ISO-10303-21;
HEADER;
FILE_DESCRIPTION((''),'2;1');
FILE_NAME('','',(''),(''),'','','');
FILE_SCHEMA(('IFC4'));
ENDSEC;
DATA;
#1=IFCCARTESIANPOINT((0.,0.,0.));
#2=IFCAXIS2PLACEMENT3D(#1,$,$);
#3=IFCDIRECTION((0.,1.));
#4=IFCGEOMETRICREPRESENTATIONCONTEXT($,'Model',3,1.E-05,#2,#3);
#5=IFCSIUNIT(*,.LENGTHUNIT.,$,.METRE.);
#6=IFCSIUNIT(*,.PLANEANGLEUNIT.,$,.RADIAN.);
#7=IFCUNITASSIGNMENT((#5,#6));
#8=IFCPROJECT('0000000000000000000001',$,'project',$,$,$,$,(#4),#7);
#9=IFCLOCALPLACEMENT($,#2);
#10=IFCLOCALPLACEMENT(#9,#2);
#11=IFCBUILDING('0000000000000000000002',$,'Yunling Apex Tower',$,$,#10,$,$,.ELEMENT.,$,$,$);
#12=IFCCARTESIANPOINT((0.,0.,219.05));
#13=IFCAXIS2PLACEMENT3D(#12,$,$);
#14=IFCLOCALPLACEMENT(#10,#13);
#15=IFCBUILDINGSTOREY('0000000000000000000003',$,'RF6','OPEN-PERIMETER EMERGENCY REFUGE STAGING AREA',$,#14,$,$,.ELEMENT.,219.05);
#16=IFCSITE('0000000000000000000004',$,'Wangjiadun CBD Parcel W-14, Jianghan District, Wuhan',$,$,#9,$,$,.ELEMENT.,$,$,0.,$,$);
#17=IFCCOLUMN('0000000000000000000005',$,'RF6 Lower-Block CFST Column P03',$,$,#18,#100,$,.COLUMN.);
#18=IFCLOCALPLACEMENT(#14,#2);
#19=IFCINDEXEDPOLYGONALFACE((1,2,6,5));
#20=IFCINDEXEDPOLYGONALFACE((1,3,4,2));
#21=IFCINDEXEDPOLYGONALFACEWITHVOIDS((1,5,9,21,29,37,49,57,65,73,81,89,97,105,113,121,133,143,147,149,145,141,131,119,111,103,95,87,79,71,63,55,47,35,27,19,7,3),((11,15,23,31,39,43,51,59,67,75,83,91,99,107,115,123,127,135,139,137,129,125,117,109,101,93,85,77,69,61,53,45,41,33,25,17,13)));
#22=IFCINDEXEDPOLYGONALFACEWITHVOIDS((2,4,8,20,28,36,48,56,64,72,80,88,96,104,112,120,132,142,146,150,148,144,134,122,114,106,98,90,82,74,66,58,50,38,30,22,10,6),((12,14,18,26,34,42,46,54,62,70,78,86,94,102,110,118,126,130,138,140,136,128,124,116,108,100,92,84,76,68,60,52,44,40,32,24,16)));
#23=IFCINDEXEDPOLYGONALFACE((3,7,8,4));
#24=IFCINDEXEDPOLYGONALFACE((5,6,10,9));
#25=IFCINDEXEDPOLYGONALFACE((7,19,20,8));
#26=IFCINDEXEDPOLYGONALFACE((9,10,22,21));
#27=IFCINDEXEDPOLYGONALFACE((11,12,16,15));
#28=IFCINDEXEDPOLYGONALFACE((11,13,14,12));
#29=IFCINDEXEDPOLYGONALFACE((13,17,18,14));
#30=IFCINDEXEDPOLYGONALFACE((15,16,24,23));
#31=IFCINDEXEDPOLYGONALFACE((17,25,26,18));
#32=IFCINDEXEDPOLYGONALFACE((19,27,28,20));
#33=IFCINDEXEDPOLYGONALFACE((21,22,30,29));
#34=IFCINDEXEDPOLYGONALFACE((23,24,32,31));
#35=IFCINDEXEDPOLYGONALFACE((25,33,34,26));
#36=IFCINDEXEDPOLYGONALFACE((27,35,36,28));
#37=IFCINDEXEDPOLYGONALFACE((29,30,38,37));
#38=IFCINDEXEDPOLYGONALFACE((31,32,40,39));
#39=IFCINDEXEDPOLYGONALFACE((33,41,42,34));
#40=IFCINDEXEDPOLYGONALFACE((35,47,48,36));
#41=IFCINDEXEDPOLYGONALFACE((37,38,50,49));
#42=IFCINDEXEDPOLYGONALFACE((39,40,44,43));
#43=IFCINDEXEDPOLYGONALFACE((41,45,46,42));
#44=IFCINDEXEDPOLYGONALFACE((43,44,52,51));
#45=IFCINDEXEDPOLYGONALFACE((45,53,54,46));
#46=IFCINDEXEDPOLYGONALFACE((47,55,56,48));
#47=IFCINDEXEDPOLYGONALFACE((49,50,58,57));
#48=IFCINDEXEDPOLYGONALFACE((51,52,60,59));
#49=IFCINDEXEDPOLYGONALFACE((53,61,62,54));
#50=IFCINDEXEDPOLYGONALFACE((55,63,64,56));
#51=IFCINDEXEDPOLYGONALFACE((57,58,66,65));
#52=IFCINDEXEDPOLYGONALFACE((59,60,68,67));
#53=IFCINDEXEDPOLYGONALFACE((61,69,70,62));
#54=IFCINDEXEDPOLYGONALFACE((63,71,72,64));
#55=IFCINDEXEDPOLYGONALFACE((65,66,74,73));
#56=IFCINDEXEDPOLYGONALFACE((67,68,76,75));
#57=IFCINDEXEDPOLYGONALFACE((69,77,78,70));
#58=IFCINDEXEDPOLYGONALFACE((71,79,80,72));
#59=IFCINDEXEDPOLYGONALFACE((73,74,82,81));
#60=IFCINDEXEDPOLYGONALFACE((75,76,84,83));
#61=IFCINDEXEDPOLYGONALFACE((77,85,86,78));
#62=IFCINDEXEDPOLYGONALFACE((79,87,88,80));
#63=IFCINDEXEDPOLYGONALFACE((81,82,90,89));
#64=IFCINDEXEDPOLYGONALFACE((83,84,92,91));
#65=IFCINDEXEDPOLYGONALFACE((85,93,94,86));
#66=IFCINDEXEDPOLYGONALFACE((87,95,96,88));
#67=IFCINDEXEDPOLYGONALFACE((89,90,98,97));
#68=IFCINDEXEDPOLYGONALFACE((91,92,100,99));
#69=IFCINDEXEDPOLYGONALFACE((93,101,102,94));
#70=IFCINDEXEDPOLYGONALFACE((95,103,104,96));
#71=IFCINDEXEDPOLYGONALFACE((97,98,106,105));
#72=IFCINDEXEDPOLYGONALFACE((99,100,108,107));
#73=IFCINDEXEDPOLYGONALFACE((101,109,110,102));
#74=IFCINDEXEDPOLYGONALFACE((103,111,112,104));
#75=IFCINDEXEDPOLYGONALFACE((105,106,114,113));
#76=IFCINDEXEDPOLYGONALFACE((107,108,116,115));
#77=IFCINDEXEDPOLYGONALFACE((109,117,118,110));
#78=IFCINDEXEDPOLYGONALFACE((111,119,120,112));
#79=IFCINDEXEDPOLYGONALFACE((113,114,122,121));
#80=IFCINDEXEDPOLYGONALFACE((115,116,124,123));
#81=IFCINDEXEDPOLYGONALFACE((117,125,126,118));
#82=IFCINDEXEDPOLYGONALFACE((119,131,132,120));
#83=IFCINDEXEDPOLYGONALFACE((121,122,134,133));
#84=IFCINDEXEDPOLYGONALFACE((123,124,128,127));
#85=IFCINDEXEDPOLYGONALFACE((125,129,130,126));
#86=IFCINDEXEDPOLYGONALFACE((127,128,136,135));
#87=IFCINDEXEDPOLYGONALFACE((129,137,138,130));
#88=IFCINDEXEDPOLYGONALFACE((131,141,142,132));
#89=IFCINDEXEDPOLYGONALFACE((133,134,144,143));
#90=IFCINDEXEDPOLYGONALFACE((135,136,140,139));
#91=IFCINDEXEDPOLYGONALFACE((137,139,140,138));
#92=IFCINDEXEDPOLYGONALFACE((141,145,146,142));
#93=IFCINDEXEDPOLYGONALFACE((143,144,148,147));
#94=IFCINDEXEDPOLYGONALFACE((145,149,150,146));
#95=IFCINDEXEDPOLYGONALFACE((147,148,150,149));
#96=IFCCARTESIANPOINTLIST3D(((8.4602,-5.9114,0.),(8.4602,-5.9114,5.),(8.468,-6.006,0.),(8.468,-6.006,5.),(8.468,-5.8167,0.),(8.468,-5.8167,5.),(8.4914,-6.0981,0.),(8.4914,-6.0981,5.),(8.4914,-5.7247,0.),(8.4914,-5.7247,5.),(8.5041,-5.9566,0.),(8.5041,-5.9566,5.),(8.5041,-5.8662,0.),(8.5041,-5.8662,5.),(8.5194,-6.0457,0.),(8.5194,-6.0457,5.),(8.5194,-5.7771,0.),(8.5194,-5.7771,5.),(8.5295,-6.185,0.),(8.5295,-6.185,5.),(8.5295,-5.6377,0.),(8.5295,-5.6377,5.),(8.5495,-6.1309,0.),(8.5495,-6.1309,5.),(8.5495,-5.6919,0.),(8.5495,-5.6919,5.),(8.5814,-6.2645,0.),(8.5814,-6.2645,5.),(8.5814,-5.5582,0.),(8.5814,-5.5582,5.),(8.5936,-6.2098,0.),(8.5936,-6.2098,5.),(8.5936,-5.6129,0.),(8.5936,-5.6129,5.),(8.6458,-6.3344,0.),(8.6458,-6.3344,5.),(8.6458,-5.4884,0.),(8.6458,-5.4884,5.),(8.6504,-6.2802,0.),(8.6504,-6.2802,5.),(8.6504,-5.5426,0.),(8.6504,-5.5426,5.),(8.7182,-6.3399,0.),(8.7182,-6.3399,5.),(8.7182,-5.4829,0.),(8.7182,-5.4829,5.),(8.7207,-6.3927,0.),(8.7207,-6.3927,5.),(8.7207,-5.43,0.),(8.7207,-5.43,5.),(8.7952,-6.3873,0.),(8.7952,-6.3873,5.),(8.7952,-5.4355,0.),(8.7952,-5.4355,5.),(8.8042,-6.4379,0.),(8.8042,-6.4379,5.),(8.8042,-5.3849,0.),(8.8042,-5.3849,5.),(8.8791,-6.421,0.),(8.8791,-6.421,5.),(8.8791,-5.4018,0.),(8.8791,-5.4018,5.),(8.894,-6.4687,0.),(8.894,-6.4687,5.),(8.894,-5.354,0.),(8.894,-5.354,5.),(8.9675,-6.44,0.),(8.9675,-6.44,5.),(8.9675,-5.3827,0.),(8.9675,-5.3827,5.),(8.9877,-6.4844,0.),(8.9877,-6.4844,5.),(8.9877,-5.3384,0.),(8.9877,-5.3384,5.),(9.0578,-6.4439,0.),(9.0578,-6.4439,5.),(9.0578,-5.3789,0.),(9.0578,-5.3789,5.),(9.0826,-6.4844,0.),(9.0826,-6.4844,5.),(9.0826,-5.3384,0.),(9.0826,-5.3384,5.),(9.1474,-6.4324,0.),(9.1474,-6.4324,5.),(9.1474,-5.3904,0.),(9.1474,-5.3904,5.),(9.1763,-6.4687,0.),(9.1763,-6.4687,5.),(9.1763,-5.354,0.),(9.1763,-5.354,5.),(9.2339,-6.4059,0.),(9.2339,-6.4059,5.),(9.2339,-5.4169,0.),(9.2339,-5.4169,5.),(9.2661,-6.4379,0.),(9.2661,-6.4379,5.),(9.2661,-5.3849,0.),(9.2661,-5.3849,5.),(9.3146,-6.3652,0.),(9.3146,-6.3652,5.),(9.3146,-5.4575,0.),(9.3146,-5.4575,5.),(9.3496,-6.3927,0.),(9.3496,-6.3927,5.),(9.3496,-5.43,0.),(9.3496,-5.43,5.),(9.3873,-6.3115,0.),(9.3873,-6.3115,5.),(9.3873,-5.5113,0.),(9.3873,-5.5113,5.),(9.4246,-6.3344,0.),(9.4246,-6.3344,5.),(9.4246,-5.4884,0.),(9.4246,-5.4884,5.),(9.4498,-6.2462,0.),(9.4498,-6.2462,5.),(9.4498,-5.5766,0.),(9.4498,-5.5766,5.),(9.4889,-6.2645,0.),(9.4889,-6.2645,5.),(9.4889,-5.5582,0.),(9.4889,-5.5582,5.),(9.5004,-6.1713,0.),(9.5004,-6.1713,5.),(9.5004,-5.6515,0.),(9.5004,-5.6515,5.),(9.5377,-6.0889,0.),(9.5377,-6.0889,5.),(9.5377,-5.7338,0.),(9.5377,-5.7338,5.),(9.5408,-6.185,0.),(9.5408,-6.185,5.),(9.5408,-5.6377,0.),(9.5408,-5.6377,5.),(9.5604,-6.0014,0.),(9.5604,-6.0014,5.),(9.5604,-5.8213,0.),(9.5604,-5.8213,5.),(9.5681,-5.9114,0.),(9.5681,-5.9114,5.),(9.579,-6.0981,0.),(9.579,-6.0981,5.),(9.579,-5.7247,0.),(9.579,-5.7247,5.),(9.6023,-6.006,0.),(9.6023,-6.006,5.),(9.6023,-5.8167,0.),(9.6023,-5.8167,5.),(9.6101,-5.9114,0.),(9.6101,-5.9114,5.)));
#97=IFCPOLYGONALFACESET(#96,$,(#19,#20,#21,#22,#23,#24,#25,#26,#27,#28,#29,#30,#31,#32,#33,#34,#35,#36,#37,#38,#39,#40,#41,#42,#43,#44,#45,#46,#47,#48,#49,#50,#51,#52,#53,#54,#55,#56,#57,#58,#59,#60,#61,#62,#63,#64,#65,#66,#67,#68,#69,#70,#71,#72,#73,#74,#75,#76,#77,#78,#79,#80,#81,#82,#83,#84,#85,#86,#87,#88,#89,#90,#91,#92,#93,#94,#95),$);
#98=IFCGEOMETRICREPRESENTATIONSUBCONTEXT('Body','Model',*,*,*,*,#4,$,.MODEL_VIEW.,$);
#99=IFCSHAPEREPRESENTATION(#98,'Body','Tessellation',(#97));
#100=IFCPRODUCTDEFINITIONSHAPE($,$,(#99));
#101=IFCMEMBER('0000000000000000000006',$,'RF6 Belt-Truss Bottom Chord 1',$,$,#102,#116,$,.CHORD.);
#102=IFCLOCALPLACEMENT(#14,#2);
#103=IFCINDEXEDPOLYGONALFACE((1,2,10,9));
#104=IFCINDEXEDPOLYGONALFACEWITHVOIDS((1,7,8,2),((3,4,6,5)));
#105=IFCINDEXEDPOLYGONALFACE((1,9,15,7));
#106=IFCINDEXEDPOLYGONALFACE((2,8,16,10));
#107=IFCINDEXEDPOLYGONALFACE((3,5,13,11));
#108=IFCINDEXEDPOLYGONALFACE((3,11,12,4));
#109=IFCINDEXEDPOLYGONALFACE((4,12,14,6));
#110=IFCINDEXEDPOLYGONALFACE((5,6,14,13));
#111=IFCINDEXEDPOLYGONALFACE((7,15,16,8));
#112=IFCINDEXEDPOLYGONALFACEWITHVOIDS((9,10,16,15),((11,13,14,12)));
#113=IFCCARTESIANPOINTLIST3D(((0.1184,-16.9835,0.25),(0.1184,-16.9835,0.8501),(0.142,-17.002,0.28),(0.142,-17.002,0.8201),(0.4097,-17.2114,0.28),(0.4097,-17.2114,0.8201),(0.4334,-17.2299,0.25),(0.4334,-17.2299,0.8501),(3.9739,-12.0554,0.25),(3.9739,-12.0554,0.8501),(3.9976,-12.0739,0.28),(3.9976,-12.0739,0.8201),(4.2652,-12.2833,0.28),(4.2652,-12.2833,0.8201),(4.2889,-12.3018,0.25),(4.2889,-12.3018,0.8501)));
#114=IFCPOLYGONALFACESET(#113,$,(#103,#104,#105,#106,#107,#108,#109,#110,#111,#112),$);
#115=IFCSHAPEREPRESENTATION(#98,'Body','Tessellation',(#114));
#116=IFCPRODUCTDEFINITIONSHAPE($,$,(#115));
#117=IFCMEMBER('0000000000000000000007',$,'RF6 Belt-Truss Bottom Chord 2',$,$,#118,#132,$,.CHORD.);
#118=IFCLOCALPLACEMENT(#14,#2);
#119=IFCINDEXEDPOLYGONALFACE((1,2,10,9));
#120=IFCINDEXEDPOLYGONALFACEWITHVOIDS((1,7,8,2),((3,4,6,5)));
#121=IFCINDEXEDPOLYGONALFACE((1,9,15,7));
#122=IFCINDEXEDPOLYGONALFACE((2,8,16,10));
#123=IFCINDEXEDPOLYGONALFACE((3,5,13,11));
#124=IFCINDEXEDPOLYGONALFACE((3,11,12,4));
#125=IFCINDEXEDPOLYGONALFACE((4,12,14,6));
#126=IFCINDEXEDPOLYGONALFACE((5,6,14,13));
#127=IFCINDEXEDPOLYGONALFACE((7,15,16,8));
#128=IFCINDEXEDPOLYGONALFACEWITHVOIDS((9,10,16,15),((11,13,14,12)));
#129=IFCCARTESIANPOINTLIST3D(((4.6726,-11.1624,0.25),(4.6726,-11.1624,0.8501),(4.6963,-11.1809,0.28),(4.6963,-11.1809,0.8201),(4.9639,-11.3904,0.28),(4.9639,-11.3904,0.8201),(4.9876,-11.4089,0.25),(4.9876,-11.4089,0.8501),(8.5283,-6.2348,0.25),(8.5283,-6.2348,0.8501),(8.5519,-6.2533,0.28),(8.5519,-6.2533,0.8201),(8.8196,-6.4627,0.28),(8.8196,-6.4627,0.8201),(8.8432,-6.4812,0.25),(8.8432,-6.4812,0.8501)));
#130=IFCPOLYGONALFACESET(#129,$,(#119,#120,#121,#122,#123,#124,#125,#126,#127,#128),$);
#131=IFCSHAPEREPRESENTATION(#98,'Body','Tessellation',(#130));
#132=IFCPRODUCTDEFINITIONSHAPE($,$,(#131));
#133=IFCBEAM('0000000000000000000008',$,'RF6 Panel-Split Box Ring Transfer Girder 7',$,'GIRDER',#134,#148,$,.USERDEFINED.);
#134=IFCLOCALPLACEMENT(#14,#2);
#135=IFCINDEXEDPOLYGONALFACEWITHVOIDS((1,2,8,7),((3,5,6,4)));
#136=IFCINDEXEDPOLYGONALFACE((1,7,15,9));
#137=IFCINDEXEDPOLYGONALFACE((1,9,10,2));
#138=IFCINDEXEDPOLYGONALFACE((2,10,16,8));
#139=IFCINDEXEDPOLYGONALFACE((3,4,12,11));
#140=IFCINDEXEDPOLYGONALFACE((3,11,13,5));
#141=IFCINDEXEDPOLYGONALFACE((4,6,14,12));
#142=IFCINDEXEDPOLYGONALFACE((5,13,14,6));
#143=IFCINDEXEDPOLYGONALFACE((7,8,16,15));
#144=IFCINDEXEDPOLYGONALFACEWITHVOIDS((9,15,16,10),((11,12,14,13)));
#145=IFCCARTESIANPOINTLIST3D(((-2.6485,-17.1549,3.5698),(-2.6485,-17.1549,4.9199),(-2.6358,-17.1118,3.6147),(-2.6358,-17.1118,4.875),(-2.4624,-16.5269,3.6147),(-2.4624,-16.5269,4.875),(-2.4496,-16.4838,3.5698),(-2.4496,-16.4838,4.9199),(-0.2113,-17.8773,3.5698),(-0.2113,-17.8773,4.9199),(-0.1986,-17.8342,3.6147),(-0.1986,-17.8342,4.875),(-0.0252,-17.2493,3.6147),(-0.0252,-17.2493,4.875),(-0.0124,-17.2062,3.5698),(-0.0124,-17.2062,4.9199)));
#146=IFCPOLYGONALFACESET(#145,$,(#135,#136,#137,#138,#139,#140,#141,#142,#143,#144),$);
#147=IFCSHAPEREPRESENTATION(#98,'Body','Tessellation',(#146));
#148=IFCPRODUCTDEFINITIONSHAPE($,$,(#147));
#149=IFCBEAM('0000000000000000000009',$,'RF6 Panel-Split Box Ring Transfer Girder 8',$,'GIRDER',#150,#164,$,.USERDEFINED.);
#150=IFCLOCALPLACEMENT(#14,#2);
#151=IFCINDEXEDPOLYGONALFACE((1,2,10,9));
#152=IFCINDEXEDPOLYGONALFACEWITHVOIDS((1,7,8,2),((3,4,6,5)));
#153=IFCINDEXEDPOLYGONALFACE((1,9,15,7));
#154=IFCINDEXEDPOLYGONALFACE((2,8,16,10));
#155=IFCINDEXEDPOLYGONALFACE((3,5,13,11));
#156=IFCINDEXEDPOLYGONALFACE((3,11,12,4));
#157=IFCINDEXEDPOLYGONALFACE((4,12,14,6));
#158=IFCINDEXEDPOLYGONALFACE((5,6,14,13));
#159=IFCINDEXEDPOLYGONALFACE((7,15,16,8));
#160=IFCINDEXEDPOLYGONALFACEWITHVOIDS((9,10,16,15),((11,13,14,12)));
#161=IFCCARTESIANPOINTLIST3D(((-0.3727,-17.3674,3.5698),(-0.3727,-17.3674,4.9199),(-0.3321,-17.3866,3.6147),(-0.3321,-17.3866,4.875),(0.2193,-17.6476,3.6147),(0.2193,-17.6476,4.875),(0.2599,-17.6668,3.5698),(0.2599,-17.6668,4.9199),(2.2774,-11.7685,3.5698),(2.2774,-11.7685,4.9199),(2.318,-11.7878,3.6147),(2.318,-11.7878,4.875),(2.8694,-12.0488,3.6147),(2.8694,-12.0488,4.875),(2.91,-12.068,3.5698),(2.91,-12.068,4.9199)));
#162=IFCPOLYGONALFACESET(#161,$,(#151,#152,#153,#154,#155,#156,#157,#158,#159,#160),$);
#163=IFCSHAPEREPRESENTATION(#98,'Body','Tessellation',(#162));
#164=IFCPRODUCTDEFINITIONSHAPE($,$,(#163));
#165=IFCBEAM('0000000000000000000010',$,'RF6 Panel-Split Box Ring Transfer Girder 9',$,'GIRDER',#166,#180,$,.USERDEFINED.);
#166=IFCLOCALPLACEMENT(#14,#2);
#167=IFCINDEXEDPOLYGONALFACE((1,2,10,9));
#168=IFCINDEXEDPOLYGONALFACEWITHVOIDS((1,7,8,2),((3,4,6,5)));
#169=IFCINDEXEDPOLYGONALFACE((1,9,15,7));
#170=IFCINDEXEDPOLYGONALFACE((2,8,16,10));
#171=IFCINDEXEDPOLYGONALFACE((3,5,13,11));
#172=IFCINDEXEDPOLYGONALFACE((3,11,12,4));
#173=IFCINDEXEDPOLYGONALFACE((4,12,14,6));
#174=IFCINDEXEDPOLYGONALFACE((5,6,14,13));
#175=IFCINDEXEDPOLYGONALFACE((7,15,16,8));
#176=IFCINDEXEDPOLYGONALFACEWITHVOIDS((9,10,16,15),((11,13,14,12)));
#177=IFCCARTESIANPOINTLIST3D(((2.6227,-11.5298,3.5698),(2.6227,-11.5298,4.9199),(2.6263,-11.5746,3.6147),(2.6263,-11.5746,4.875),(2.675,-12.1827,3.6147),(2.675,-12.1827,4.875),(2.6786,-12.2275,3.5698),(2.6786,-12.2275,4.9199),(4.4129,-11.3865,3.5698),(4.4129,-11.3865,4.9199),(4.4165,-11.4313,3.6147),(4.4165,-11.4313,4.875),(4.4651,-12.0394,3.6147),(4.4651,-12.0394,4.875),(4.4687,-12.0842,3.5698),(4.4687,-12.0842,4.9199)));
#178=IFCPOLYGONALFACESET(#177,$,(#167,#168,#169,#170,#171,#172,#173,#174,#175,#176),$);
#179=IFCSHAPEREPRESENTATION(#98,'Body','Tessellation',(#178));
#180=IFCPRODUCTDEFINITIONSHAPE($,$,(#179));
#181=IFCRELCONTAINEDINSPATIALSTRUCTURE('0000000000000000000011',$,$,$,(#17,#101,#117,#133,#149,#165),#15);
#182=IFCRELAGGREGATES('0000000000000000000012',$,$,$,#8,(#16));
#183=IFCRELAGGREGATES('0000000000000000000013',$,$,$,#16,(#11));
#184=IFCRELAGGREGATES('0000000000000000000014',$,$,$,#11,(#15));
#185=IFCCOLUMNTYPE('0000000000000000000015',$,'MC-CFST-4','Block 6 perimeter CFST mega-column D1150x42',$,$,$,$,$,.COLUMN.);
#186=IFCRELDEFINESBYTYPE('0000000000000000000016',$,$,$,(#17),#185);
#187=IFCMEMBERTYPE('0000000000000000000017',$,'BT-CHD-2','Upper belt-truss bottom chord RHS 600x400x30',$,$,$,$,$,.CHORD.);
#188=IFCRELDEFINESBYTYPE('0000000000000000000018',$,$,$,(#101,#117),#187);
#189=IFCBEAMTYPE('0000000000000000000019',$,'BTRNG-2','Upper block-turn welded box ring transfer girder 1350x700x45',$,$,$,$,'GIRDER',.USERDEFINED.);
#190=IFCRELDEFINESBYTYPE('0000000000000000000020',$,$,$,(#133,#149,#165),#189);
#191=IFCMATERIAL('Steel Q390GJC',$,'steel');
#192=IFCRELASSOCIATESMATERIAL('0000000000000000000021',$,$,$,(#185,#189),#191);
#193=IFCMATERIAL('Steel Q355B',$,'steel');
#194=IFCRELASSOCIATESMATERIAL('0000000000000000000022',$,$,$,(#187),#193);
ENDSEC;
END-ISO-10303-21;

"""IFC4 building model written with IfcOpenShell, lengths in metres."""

from ifc_helpers import new_model, si_unit, direction, frame, origin, origin_2d, place, context, subcontext, project, spatial, hollow_rectangle, hollow_circle, extrude, source, transform, mapped, material, material_profile, profile_set, type_object, element, save


model = new_model("IFC4")

# Units and contexts
model_context = context("Model", 3, precision=1e-05, world=origin(), true_north=direction((0.0, 1.0)))
body_context = subcontext(model_context, "Body", "Model", "MODEL_VIEW")
ifc_project = project(units=[si_unit("LENGTHUNIT", "METRE"), si_unit("PLANEANGLEUNIT", "RADIAN")], contexts=[model_context])

# Site, building, storey
site_placement = place(None, origin())
site = spatial("IfcSite", under=ifc_project, at=site_placement, Name="Wangjiadun CBD Parcel W-14, Jianghan District, Wuhan", CompositionType="ELEMENT", RefElevation=0.0)
building_placement = place(site_placement, origin())
building = spatial("IfcBuilding", under=site, at=building_placement, Name="Yunling Apex Tower", CompositionType="ELEMENT")
storey_placement = place(building_placement, frame((0.0, 0.0, 219.05)))
storey = spatial("IfcBuildingStorey", under=building, at=storey_placement, Name="RF6", Description="OPEN-PERIMETER EMERGENCY REFUGE STAGING AREA", CompositionType="ELEMENT", Elevation=219.05)

# Column
ifc_material_1 = material(Name="Steel Q390GJC", Category="steel")
ifc_material_profile_1 = material_profile(ifc_material_1, hollow_circle(Radius=0.575, WallThickness=0.042, at=origin_2d()))
ifc_profile_set_1 = profile_set([ifc_material_profile_1], Name="Steel Q390GJC")
column_type = type_object("IfcColumnType", Name="MC-CFST-4", Description="Block 6 perimeter CFST mega-column D1150x42", PredefinedType="COLUMN", material=ifc_profile_set_1)
shared_shape_1 = source(origin(), body_context, "Body", "SweptSolid", [
    extrude(hollow_circle(Radius=0.575, WallThickness=0.042, at=origin_2d()), origin(), (0.0, 0.0, 1.0), 5.0),
])
for number, where, z_axis, x_axis, name in (
    (1, (9.0352, -5.9114, 0.0), (0.0, 0.0, 1.0), (1.0, 0.0, 0.0), "RF6 Lower-Block CFST Column P03"),
):
    element("IfcColumn", number, at=place(storey_placement, frame(where, z_axis=z_axis, x_axis=x_axis)), inside=storey, type_object=column_type, Name=name, PredefinedType="COLUMN", context=body_context, shape_type="MappedRepresentation", body=[
        mapped(shared_shape_1, transform((0.0, 0.0, 0.0), scale=1.0)),
    ])

# Members
ifc_material_2 = material(Name="Steel Q355B", Category="steel")
ifc_material_profile_2 = material_profile(ifc_material_2, hollow_rectangle(XDim=0.3999, YDim=0.6001, WallThickness=0.03, at=origin_2d()))
ifc_profile_set_2 = profile_set([ifc_material_profile_2], Name="Steel Q355B")
member_type_1 = type_object("IfcMemberType", Name="BT-CHD-2", Description="Upper belt-truss bottom chord RHS 600x400x30", PredefinedType="CHORD", material=ifc_profile_set_2)
shared_shape_2 = source(origin(), body_context, "Body", "SweptSolid", [
    extrude(hollow_rectangle(XDim=0.3999, YDim=0.6001, WallThickness=0.03, at=origin_2d()), origin(), (0.0, 0.0, 1.0), 6.2571),
])
member_1_placement = place(storey_placement, frame((0.2759, -17.1067, 0.55), z_axis=(0.616188, 0.787599, 0.0), x_axis=(-0.787599, 0.616188, 0.0)))
element("IfcMember", 2, at=member_1_placement, inside=storey, type_object=member_type_1, Name="RF6 Belt-Truss Bottom Chord 1", PredefinedType="CHORD", context=body_context, shape_type="MappedRepresentation", body=[
    mapped(shared_shape_2, transform((0.0, 0.0, 0.0), scale=1.0)),
])
shared_shape_3 = source(origin(), body_context, "Body", "SweptSolid", [
    extrude(hollow_rectangle(XDim=0.3999, YDim=0.6001, WallThickness=0.03, at=origin_2d()), origin(), (0.0, 0.0, 1.0), 6.2568),
])
member_2_placement = place(storey_placement, frame((4.8301, -11.2856, 0.55), z_axis=(0.616231, 0.787565, 0.0), x_axis=(-0.787565, 0.616231, 0.0)))
element("IfcMember", 3, at=member_2_placement, inside=storey, type_object=member_type_1, Name="RF6 Belt-Truss Bottom Chord 2", PredefinedType="CHORD", context=body_context, shape_type="MappedRepresentation", body=[
    mapped(shared_shape_3, transform((0.0, 0.0, 0.0), scale=1.0)),
])

# Beams
ifc_material_profile_3 = material_profile(ifc_material_1, hollow_rectangle(XDim=0.7, YDim=1.3501, WallThickness=0.0449, at=origin_2d()))
ifc_profile_set_3 = profile_set([ifc_material_profile_3], Name="Steel Q390GJC")
beam_type = type_object("IfcBeamType", Name="BTRNG-2", Description="Upper block-turn welded box ring transfer girder 1350x700x45", ElementType="GIRDER", PredefinedType="USERDEFINED", material=ifc_profile_set_3)
shared_shape_4 = source(origin(), body_context, "Body", "SweptSolid", [
    extrude(hollow_rectangle(XDim=0.7, YDim=1.3501, WallThickness=0.0449, at=origin_2d()), origin(), (0.0, 0.0, 1.0), 2.542),
])
beam_1_placement = place(storey_placement, frame((-2.5491, -16.8193, 4.2449), z_axis=(0.95877, -0.284183, 0.0), x_axis=(0.284183, 0.95877, 0.0)))
element("IfcBeam", 4, at=beam_1_placement, inside=storey, type_object=beam_type, Name="RF6 Panel-Split Box Ring Transfer Girder 7", ObjectType="GIRDER", PredefinedType="USERDEFINED", context=body_context, shape_type="MappedRepresentation", body=[
    mapped(shared_shape_4, transform((0.0, 0.0, 0.0), scale=1.0)),
])
shared_shape_5 = source(origin(), body_context, "Body", "SweptSolid", [
    extrude(hollow_rectangle(XDim=0.7, YDim=1.3501, WallThickness=0.0449, at=origin_2d()), origin(), (0.0, 0.0, 1.0), 6.1943),
])
beam_2_placement = place(storey_placement, frame((-0.0564, -17.5171, 4.2449), z_axis=(0.427829, 0.90386, 0.0), x_axis=(-0.90386, 0.427829, 0.0)))
element("IfcBeam", 5, at=beam_2_placement, inside=storey, type_object=beam_type, Name="RF6 Panel-Split Box Ring Transfer Girder 8", ObjectType="GIRDER", PredefinedType="USERDEFINED", context=body_context, shape_type="MappedRepresentation", body=[
    mapped(shared_shape_5, transform((0.0, 0.0, 0.0), scale=1.0)),
])
shared_shape_6 = source(origin(), body_context, "Body", "SweptSolid", [
    extrude(hollow_rectangle(XDim=0.7, YDim=1.3501, WallThickness=0.0449, at=origin_2d()), origin(), (0.0, 0.0, 1.0), 1.7959),
])
beam_3_placement = place(storey_placement, frame((2.6506, -11.8787, 4.2449), z_axis=(0.996811, 0.079794, 0.0), x_axis=(-0.079794, 0.996811, 0.0)))
element("IfcBeam", 6, at=beam_3_placement, inside=storey, type_object=beam_type, Name="RF6 Panel-Split Box Ring Transfer Girder 9", ObjectType="GIRDER", PredefinedType="USERDEFINED", context=body_context, shape_type="MappedRepresentation", body=[
    mapped(shared_shape_6, transform((0.0, 0.0, 0.0), scale=1.0)),
])

save(model, "model.ifc")
